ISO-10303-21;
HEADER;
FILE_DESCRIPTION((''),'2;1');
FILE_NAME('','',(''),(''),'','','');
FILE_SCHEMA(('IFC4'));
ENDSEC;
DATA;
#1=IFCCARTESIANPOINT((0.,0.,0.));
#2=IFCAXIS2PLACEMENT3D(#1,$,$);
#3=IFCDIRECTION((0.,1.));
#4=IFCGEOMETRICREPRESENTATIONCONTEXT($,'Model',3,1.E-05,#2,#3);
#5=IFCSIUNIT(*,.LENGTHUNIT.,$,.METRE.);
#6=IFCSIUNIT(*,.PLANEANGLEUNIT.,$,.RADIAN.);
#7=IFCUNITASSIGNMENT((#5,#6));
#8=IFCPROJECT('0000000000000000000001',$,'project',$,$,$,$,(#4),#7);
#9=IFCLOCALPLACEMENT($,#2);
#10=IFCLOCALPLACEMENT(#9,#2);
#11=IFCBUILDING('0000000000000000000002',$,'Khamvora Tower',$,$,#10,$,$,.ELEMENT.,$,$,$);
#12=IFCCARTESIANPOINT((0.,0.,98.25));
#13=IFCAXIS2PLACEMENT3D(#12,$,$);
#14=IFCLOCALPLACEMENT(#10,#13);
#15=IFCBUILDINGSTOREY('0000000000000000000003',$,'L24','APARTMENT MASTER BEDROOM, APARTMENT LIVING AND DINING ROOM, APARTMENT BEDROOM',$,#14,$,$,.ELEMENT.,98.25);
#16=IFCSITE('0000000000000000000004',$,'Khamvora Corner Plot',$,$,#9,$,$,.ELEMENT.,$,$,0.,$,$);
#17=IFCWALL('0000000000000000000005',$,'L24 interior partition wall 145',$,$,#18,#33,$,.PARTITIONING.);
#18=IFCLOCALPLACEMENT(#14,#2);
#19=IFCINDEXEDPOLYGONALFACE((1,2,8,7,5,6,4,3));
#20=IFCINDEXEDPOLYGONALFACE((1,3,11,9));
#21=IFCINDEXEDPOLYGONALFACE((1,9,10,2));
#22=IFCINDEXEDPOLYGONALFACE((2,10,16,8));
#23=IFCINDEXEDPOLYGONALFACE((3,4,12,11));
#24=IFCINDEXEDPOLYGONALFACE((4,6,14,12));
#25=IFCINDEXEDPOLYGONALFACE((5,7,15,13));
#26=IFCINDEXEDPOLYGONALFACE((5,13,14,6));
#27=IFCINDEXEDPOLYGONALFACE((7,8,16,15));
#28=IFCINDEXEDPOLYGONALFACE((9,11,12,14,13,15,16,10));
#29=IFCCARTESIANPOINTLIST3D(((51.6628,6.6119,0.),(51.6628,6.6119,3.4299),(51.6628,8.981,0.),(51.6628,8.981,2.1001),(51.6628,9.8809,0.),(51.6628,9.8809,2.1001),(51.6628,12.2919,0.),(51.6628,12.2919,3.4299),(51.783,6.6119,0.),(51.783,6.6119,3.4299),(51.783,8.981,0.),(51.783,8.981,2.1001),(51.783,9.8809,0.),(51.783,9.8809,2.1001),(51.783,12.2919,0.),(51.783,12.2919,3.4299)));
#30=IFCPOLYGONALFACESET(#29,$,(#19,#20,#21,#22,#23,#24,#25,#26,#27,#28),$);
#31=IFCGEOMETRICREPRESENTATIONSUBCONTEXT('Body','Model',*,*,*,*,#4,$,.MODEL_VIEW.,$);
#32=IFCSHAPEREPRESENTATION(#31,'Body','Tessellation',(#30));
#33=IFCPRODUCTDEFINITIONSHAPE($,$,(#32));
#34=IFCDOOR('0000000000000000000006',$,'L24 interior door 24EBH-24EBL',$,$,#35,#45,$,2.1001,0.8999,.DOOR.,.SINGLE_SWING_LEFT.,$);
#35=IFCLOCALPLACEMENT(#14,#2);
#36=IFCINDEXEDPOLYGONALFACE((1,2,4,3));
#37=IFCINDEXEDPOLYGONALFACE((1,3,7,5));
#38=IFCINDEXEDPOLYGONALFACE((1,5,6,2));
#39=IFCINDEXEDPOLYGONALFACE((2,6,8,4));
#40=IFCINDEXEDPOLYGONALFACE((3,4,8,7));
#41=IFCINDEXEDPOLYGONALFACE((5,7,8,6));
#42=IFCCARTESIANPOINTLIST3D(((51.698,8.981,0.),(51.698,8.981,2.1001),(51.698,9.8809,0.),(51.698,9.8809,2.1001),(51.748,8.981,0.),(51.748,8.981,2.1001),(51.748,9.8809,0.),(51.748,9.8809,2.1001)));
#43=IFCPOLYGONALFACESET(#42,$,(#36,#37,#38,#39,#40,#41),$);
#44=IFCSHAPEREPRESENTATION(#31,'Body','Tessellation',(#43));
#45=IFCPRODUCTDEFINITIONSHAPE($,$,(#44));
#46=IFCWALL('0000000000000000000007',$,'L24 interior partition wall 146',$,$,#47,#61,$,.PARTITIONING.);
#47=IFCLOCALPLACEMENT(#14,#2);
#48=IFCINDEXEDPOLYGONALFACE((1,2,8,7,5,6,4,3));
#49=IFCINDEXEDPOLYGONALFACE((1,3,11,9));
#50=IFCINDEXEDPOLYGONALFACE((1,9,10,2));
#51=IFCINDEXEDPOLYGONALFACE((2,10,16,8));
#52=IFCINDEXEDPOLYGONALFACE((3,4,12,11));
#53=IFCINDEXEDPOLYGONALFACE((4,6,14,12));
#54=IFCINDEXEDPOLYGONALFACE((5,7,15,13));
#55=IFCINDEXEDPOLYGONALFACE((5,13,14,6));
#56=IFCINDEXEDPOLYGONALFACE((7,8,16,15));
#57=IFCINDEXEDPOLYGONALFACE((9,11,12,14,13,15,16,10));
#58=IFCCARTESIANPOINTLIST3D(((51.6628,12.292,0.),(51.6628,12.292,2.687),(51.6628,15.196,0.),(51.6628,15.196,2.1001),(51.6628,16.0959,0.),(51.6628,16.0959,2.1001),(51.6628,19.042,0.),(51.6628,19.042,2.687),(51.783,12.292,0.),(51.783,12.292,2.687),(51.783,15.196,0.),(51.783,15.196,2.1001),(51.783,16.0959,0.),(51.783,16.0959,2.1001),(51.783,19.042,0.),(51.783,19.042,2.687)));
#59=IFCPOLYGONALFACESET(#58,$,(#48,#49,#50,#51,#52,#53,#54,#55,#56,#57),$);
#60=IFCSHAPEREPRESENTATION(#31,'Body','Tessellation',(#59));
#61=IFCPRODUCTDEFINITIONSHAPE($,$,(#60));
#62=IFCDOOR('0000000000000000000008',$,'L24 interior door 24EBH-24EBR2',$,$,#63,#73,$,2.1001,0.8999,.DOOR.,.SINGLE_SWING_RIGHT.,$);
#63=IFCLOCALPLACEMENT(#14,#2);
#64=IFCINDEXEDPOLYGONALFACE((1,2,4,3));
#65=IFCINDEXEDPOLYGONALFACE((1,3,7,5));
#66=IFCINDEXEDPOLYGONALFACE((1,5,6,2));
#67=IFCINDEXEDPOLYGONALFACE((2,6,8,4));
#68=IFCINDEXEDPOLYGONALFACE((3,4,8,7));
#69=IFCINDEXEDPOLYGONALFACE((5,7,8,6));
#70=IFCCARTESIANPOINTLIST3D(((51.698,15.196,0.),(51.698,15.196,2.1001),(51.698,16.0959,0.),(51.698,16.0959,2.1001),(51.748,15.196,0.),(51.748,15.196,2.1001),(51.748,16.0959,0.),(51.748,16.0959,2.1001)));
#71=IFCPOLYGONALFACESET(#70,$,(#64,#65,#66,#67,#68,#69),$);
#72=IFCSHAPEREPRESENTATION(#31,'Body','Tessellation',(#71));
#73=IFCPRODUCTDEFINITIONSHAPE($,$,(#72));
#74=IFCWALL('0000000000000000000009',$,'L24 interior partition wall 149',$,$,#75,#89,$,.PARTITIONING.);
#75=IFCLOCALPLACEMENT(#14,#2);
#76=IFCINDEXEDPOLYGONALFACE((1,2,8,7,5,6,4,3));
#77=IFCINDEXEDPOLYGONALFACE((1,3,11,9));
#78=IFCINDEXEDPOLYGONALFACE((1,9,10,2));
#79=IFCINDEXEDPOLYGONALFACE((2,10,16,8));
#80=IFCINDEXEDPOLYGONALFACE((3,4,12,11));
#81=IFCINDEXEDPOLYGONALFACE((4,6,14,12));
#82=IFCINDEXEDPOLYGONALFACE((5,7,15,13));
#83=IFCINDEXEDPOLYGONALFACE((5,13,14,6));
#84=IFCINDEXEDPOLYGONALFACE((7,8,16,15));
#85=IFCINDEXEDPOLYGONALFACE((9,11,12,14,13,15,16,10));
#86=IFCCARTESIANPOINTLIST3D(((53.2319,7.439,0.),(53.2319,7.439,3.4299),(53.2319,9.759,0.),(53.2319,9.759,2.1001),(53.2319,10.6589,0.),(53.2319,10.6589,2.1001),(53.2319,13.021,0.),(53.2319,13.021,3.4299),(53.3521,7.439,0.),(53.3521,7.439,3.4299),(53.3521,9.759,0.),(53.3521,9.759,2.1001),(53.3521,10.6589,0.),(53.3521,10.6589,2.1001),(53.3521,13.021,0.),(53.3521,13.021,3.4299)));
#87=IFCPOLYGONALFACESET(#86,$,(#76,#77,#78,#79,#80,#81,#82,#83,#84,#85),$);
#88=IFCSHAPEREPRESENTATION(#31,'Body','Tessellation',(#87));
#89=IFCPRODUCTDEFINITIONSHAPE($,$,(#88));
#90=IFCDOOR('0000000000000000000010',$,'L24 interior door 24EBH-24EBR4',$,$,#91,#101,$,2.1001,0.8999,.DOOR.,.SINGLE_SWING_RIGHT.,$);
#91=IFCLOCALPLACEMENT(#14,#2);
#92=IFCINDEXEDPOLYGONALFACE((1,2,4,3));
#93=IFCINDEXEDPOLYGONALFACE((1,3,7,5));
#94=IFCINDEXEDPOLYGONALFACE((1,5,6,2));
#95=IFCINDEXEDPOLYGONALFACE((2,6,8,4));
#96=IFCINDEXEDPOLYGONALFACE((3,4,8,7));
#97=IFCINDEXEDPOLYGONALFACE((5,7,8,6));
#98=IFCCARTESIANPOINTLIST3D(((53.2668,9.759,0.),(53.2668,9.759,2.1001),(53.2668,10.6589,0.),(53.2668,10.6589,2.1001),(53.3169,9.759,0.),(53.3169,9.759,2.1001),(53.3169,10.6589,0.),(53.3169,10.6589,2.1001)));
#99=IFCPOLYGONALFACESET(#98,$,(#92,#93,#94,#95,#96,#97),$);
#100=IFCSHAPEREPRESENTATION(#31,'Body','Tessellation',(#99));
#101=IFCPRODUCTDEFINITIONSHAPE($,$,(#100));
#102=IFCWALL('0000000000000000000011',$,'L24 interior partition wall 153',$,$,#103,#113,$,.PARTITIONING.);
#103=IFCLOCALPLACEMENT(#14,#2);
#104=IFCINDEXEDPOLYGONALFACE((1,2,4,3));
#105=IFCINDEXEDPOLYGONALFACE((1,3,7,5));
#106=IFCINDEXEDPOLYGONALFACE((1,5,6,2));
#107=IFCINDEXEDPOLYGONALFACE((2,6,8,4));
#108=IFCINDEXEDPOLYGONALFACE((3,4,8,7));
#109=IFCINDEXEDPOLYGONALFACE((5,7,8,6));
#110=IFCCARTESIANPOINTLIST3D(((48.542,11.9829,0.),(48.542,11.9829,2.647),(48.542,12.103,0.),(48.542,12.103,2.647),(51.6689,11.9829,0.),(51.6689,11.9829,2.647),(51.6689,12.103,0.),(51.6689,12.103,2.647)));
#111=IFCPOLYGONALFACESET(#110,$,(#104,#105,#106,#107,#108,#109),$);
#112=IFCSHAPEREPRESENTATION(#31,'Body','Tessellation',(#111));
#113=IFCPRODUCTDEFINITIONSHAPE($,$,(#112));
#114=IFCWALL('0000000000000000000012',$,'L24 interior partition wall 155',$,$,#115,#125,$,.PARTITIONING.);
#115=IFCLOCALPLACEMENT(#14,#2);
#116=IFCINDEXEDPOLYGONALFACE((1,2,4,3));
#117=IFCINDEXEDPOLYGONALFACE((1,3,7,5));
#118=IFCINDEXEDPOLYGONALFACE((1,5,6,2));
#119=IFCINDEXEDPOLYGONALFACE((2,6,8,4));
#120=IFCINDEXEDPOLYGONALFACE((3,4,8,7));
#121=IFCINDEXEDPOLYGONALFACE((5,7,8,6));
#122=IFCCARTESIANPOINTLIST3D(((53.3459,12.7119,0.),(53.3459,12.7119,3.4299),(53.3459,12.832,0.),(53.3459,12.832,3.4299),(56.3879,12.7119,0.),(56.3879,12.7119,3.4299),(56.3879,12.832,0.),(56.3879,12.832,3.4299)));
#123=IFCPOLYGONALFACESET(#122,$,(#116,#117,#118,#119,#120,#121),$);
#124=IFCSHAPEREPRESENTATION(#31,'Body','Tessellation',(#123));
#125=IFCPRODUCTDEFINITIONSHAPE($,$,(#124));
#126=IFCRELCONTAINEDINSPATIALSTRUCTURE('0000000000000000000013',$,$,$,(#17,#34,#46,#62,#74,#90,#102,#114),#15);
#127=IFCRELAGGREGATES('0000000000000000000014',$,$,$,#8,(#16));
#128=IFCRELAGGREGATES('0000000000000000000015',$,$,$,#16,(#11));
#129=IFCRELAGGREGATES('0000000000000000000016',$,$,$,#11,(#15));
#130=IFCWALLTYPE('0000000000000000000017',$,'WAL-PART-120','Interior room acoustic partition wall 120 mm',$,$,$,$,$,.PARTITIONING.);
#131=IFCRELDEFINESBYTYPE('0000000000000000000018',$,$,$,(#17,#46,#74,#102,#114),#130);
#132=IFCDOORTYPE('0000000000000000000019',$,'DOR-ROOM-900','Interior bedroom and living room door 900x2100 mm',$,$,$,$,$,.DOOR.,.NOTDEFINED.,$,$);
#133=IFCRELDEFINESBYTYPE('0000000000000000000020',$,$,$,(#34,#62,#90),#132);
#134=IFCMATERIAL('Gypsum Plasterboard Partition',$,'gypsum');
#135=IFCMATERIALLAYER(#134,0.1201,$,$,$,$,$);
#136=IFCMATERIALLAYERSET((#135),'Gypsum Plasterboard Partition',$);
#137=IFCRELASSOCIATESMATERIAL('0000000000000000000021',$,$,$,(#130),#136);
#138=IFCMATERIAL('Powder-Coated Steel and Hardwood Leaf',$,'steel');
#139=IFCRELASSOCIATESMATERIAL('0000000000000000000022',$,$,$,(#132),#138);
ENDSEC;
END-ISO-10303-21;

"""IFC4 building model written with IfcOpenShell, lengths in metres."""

from ifc_helpers import new_model, si_unit, direction, frame, frame_2d, origin, place, context, subcontext, project, spatial, rectangle, extrude, material, layer, layer_set, type_object, element, fill, save


model = new_model("IFC4")

# Units and contexts
model_context = context("Model", 3, precision=1e-05, world=origin(), true_north=direction((0.0, 1.0)))
body_context = subcontext(model_context, "Body", "Model", "MODEL_VIEW")
ifc_project = project(units=[si_unit("LENGTHUNIT", "METRE"), si_unit("PLANEANGLEUNIT", "RADIAN")], contexts=[model_context])

# Site, building, storey
site_placement = place(None, origin())
site = spatial("IfcSite", under=ifc_project, at=site_placement, Name="Khamvora Corner Plot", CompositionType="ELEMENT", RefElevation=0.0)
building_placement = place(site_placement, origin())
building = spatial("IfcBuilding", under=site, at=building_placement, Name="Khamvora Tower", CompositionType="ELEMENT")
storey_placement = place(building_placement, frame((0.0, 0.0, 98.25)))
storey = spatial("IfcBuildingStorey", under=building, at=storey_placement, Name="L24", Description="APARTMENT MASTER BEDROOM, APARTMENT LIVING AND DINING ROOM, APARTMENT BEDROOM", CompositionType="ELEMENT", Elevation=98.25)

# Walls, openings, doors
ifc_material_1 = material(Name="Gypsum Plasterboard Partition", Category="gypsum")
ifc_layer_1 = layer(ifc_material_1, 0.1201)
ifc_layer_set_1 = layer_set([ifc_layer_1], Name="Gypsum Plasterboard Partition")
wall_type_1 = type_object("IfcWallType", Name="WAL-PART-120", Description="Interior room acoustic partition wall 120 mm", PredefinedType="PARTITIONING", material=ifc_layer_set_1)
wall_1_placement = place(storey_placement, frame((51.7229, 6.6121, 0.0), z_axis=(0.0, 0.0, 1.0), x_axis=(0.0, 1.0, 0.0)))
wall_1 = element("IfcWall", 1, at=wall_1_placement, inside=storey, type_object=wall_type_1, Name="L24 interior partition wall 145", PredefinedType="PARTITIONING", context=body_context, shape_type="SweptSolid", body=[
    extrude(rectangle(XDim=5.6799, YDim=0.1201, at=frame_2d((2.8398, 0.0))), origin(), (0.0, 0.0, 1.0), 3.4299),
])
opening_1_placement = place(wall_1_placement, frame((2.3689, 0.0, 0.0)))
opening_1 = element("IfcOpeningElement", 2, at=opening_1_placement, cuts=wall_1, PredefinedType="OPENING", context=body_context, shape_type="SweptSolid", body=[
    extrude(rectangle(XDim=0.8999, YDim=2.1001, at=frame_2d((0.45, 1.05))), frame((0.0, 0.0701, 0.0), z_axis=(0.0, -1.0, 0.0), x_axis=(1.0, 0.0, 0.0)), (0.0, 0.0, 1.0), 0.1401),
])
ifc_material_2 = material(Name="Powder-Coated Steel and Hardwood Leaf", Category="steel")
door_type = type_object("IfcDoorType", Name="DOR-ROOM-900", Description="Interior bedroom and living room door 900x2100 mm", OperationType="NOTDEFINED", PredefinedType="DOOR", material=ifc_material_2)
door_1_placement = place(opening_1_placement, origin())
door_1 = element("IfcDoor", 3, at=door_1_placement, inside=storey, type_object=door_type, Name="L24 interior door 24EBH-24EBL", OperationType="SINGLE_SWING_LEFT", OverallHeight=2.1001, OverallWidth=0.8999, PredefinedType="DOOR", context=body_context, shape_type="SweptSolid", body=[
    extrude(rectangle(XDim=0.8999, YDim=2.1001, at=frame_2d((0.45, 1.05))), frame((0.0, 0.0249, 0.0), z_axis=(0.0, -1.0, 0.0), x_axis=(1.0, 0.0, 0.0)), (0.0, 0.0, 1.0), 0.05),
])
fill(opening_1, door_1)
wall_2_placement = place(storey_placement, frame((51.7229, 12.292, 0.0), z_axis=(0.0, 0.0, 1.0), x_axis=(0.0, 1.0, 0.0)))
wall_2 = element("IfcWall", 4, at=wall_2_placement, inside=storey, type_object=wall_type_1, Name="L24 interior partition wall 146", PredefinedType="PARTITIONING", context=body_context, shape_type="SweptSolid", body=[
    extrude(rectangle(XDim=6.75, YDim=0.1201, at=frame_2d((3.375, 0.0))), origin(), (0.0, 0.0, 1.0), 2.687),
])
opening_2_placement = place(wall_2_placement, frame((2.9041, 0.0, 0.0)))
opening_2 = element("IfcOpeningElement", 5, at=opening_2_placement, cuts=wall_2, PredefinedType="OPENING", context=body_context, shape_type="SweptSolid", body=[
    extrude(rectangle(XDim=0.8999, YDim=2.1001, at=frame_2d((0.45, 1.05))), frame((0.0, 0.0701, 0.0), z_axis=(0.0, -1.0, 0.0), x_axis=(1.0, 0.0, 0.0)), (0.0, 0.0, 1.0), 0.1401),
])
door_2_placement = place(opening_2_placement, origin())
door_2 = element("IfcDoor", 6, at=door_2_placement, inside=storey, type_object=door_type, Name="L24 interior door 24EBH-24EBR2", OperationType="SINGLE_SWING_RIGHT", OverallHeight=2.1001, OverallWidth=0.8999, PredefinedType="DOOR", context=body_context, shape_type="SweptSolid", body=[
    extrude(rectangle(XDim=0.8999, YDim=2.1001, at=frame_2d((0.45, 1.05))), frame((0.0, 0.0249, 0.0), z_axis=(0.0, -1.0, 0.0), x_axis=(1.0, 0.0, 0.0)), (0.0, 0.0, 1.0), 0.05),
])
fill(opening_2, door_2)
wall_3_placement = place(storey_placement, frame((53.292, 13.021, 0.0), z_axis=(0.0, 0.0, 1.0), x_axis=(0.0, -1.0, 0.0)))
wall_3 = element("IfcWall", 7, at=wall_3_placement, inside=storey, type_object=wall_type_1, Name="L24 interior partition wall 149", PredefinedType="PARTITIONING", context=body_context, shape_type="SweptSolid", body=[
    extrude(rectangle(XDim=5.582, YDim=0.1201, at=frame_2d((2.791, 0.0))), origin(), (0.0, 0.0, 1.0), 3.4299),
])
opening_3_placement = place(wall_3_placement, frame((2.3621, 0.0, 0.0)))
opening_3 = element("IfcOpeningElement", 8, at=opening_3_placement, cuts=wall_3, PredefinedType="OPENING", context=body_context, shape_type="SweptSolid", body=[
    extrude(rectangle(XDim=0.8999, YDim=2.1001, at=frame_2d((0.45, 1.05))), frame((0.0, 0.0701, 0.0), z_axis=(0.0, -1.0, 0.0), x_axis=(1.0, 0.0, 0.0)), (0.0, 0.0, 1.0), 0.1401),
])
door_3_placement = place(opening_3_placement, origin())
door_3 = element("IfcDoor", 9, at=door_3_placement, inside=storey, type_object=door_type, Name="L24 interior door 24EBH-24EBR4", OperationType="SINGLE_SWING_RIGHT", OverallHeight=2.1001, OverallWidth=0.8999, PredefinedType="DOOR", context=body_context, shape_type="SweptSolid", body=[
    extrude(rectangle(XDim=0.8999, YDim=2.1001, at=frame_2d((0.45, 1.05))), frame((0.0, 0.0249, 0.0), z_axis=(0.0, -1.0, 0.0), x_axis=(1.0, 0.0, 0.0)), (0.0, 0.0, 1.0), 0.05),
])
fill(opening_3, door_3)

# Walls
wall_4_placement = place(storey_placement, frame((48.542, 12.043, 0.0), z_axis=(0.0, 0.0, 1.0), x_axis=(1.0, 0.0, 0.0)))
element("IfcWall", 10, at=wall_4_placement, inside=storey, type_object=wall_type_1, Name="L24 interior partition wall 153", PredefinedType="PARTITIONING", context=body_context, shape_type="SweptSolid", body=[
    extrude(rectangle(XDim=3.127, YDim=0.1201, at=frame_2d((1.5635, 0.0))), origin(), (0.0, 0.0, 1.0), 2.647),
])
wall_5_placement = place(storey_placement, frame((53.3459, 12.772, 0.0), z_axis=(0.0, 0.0, 1.0), x_axis=(1.0, 0.0, 0.0)))
element("IfcWall", 11, at=wall_5_placement, inside=storey, type_object=wall_type_1, Name="L24 interior partition wall 155", PredefinedType="PARTITIONING", context=body_context, shape_type="SweptSolid", body=[
    extrude(rectangle(XDim=3.042, YDim=0.1201, at=frame_2d((1.521, 0.0))), origin(), (0.0, 0.0, 1.0), 3.4299),
])

save(model, "model.ifc")
